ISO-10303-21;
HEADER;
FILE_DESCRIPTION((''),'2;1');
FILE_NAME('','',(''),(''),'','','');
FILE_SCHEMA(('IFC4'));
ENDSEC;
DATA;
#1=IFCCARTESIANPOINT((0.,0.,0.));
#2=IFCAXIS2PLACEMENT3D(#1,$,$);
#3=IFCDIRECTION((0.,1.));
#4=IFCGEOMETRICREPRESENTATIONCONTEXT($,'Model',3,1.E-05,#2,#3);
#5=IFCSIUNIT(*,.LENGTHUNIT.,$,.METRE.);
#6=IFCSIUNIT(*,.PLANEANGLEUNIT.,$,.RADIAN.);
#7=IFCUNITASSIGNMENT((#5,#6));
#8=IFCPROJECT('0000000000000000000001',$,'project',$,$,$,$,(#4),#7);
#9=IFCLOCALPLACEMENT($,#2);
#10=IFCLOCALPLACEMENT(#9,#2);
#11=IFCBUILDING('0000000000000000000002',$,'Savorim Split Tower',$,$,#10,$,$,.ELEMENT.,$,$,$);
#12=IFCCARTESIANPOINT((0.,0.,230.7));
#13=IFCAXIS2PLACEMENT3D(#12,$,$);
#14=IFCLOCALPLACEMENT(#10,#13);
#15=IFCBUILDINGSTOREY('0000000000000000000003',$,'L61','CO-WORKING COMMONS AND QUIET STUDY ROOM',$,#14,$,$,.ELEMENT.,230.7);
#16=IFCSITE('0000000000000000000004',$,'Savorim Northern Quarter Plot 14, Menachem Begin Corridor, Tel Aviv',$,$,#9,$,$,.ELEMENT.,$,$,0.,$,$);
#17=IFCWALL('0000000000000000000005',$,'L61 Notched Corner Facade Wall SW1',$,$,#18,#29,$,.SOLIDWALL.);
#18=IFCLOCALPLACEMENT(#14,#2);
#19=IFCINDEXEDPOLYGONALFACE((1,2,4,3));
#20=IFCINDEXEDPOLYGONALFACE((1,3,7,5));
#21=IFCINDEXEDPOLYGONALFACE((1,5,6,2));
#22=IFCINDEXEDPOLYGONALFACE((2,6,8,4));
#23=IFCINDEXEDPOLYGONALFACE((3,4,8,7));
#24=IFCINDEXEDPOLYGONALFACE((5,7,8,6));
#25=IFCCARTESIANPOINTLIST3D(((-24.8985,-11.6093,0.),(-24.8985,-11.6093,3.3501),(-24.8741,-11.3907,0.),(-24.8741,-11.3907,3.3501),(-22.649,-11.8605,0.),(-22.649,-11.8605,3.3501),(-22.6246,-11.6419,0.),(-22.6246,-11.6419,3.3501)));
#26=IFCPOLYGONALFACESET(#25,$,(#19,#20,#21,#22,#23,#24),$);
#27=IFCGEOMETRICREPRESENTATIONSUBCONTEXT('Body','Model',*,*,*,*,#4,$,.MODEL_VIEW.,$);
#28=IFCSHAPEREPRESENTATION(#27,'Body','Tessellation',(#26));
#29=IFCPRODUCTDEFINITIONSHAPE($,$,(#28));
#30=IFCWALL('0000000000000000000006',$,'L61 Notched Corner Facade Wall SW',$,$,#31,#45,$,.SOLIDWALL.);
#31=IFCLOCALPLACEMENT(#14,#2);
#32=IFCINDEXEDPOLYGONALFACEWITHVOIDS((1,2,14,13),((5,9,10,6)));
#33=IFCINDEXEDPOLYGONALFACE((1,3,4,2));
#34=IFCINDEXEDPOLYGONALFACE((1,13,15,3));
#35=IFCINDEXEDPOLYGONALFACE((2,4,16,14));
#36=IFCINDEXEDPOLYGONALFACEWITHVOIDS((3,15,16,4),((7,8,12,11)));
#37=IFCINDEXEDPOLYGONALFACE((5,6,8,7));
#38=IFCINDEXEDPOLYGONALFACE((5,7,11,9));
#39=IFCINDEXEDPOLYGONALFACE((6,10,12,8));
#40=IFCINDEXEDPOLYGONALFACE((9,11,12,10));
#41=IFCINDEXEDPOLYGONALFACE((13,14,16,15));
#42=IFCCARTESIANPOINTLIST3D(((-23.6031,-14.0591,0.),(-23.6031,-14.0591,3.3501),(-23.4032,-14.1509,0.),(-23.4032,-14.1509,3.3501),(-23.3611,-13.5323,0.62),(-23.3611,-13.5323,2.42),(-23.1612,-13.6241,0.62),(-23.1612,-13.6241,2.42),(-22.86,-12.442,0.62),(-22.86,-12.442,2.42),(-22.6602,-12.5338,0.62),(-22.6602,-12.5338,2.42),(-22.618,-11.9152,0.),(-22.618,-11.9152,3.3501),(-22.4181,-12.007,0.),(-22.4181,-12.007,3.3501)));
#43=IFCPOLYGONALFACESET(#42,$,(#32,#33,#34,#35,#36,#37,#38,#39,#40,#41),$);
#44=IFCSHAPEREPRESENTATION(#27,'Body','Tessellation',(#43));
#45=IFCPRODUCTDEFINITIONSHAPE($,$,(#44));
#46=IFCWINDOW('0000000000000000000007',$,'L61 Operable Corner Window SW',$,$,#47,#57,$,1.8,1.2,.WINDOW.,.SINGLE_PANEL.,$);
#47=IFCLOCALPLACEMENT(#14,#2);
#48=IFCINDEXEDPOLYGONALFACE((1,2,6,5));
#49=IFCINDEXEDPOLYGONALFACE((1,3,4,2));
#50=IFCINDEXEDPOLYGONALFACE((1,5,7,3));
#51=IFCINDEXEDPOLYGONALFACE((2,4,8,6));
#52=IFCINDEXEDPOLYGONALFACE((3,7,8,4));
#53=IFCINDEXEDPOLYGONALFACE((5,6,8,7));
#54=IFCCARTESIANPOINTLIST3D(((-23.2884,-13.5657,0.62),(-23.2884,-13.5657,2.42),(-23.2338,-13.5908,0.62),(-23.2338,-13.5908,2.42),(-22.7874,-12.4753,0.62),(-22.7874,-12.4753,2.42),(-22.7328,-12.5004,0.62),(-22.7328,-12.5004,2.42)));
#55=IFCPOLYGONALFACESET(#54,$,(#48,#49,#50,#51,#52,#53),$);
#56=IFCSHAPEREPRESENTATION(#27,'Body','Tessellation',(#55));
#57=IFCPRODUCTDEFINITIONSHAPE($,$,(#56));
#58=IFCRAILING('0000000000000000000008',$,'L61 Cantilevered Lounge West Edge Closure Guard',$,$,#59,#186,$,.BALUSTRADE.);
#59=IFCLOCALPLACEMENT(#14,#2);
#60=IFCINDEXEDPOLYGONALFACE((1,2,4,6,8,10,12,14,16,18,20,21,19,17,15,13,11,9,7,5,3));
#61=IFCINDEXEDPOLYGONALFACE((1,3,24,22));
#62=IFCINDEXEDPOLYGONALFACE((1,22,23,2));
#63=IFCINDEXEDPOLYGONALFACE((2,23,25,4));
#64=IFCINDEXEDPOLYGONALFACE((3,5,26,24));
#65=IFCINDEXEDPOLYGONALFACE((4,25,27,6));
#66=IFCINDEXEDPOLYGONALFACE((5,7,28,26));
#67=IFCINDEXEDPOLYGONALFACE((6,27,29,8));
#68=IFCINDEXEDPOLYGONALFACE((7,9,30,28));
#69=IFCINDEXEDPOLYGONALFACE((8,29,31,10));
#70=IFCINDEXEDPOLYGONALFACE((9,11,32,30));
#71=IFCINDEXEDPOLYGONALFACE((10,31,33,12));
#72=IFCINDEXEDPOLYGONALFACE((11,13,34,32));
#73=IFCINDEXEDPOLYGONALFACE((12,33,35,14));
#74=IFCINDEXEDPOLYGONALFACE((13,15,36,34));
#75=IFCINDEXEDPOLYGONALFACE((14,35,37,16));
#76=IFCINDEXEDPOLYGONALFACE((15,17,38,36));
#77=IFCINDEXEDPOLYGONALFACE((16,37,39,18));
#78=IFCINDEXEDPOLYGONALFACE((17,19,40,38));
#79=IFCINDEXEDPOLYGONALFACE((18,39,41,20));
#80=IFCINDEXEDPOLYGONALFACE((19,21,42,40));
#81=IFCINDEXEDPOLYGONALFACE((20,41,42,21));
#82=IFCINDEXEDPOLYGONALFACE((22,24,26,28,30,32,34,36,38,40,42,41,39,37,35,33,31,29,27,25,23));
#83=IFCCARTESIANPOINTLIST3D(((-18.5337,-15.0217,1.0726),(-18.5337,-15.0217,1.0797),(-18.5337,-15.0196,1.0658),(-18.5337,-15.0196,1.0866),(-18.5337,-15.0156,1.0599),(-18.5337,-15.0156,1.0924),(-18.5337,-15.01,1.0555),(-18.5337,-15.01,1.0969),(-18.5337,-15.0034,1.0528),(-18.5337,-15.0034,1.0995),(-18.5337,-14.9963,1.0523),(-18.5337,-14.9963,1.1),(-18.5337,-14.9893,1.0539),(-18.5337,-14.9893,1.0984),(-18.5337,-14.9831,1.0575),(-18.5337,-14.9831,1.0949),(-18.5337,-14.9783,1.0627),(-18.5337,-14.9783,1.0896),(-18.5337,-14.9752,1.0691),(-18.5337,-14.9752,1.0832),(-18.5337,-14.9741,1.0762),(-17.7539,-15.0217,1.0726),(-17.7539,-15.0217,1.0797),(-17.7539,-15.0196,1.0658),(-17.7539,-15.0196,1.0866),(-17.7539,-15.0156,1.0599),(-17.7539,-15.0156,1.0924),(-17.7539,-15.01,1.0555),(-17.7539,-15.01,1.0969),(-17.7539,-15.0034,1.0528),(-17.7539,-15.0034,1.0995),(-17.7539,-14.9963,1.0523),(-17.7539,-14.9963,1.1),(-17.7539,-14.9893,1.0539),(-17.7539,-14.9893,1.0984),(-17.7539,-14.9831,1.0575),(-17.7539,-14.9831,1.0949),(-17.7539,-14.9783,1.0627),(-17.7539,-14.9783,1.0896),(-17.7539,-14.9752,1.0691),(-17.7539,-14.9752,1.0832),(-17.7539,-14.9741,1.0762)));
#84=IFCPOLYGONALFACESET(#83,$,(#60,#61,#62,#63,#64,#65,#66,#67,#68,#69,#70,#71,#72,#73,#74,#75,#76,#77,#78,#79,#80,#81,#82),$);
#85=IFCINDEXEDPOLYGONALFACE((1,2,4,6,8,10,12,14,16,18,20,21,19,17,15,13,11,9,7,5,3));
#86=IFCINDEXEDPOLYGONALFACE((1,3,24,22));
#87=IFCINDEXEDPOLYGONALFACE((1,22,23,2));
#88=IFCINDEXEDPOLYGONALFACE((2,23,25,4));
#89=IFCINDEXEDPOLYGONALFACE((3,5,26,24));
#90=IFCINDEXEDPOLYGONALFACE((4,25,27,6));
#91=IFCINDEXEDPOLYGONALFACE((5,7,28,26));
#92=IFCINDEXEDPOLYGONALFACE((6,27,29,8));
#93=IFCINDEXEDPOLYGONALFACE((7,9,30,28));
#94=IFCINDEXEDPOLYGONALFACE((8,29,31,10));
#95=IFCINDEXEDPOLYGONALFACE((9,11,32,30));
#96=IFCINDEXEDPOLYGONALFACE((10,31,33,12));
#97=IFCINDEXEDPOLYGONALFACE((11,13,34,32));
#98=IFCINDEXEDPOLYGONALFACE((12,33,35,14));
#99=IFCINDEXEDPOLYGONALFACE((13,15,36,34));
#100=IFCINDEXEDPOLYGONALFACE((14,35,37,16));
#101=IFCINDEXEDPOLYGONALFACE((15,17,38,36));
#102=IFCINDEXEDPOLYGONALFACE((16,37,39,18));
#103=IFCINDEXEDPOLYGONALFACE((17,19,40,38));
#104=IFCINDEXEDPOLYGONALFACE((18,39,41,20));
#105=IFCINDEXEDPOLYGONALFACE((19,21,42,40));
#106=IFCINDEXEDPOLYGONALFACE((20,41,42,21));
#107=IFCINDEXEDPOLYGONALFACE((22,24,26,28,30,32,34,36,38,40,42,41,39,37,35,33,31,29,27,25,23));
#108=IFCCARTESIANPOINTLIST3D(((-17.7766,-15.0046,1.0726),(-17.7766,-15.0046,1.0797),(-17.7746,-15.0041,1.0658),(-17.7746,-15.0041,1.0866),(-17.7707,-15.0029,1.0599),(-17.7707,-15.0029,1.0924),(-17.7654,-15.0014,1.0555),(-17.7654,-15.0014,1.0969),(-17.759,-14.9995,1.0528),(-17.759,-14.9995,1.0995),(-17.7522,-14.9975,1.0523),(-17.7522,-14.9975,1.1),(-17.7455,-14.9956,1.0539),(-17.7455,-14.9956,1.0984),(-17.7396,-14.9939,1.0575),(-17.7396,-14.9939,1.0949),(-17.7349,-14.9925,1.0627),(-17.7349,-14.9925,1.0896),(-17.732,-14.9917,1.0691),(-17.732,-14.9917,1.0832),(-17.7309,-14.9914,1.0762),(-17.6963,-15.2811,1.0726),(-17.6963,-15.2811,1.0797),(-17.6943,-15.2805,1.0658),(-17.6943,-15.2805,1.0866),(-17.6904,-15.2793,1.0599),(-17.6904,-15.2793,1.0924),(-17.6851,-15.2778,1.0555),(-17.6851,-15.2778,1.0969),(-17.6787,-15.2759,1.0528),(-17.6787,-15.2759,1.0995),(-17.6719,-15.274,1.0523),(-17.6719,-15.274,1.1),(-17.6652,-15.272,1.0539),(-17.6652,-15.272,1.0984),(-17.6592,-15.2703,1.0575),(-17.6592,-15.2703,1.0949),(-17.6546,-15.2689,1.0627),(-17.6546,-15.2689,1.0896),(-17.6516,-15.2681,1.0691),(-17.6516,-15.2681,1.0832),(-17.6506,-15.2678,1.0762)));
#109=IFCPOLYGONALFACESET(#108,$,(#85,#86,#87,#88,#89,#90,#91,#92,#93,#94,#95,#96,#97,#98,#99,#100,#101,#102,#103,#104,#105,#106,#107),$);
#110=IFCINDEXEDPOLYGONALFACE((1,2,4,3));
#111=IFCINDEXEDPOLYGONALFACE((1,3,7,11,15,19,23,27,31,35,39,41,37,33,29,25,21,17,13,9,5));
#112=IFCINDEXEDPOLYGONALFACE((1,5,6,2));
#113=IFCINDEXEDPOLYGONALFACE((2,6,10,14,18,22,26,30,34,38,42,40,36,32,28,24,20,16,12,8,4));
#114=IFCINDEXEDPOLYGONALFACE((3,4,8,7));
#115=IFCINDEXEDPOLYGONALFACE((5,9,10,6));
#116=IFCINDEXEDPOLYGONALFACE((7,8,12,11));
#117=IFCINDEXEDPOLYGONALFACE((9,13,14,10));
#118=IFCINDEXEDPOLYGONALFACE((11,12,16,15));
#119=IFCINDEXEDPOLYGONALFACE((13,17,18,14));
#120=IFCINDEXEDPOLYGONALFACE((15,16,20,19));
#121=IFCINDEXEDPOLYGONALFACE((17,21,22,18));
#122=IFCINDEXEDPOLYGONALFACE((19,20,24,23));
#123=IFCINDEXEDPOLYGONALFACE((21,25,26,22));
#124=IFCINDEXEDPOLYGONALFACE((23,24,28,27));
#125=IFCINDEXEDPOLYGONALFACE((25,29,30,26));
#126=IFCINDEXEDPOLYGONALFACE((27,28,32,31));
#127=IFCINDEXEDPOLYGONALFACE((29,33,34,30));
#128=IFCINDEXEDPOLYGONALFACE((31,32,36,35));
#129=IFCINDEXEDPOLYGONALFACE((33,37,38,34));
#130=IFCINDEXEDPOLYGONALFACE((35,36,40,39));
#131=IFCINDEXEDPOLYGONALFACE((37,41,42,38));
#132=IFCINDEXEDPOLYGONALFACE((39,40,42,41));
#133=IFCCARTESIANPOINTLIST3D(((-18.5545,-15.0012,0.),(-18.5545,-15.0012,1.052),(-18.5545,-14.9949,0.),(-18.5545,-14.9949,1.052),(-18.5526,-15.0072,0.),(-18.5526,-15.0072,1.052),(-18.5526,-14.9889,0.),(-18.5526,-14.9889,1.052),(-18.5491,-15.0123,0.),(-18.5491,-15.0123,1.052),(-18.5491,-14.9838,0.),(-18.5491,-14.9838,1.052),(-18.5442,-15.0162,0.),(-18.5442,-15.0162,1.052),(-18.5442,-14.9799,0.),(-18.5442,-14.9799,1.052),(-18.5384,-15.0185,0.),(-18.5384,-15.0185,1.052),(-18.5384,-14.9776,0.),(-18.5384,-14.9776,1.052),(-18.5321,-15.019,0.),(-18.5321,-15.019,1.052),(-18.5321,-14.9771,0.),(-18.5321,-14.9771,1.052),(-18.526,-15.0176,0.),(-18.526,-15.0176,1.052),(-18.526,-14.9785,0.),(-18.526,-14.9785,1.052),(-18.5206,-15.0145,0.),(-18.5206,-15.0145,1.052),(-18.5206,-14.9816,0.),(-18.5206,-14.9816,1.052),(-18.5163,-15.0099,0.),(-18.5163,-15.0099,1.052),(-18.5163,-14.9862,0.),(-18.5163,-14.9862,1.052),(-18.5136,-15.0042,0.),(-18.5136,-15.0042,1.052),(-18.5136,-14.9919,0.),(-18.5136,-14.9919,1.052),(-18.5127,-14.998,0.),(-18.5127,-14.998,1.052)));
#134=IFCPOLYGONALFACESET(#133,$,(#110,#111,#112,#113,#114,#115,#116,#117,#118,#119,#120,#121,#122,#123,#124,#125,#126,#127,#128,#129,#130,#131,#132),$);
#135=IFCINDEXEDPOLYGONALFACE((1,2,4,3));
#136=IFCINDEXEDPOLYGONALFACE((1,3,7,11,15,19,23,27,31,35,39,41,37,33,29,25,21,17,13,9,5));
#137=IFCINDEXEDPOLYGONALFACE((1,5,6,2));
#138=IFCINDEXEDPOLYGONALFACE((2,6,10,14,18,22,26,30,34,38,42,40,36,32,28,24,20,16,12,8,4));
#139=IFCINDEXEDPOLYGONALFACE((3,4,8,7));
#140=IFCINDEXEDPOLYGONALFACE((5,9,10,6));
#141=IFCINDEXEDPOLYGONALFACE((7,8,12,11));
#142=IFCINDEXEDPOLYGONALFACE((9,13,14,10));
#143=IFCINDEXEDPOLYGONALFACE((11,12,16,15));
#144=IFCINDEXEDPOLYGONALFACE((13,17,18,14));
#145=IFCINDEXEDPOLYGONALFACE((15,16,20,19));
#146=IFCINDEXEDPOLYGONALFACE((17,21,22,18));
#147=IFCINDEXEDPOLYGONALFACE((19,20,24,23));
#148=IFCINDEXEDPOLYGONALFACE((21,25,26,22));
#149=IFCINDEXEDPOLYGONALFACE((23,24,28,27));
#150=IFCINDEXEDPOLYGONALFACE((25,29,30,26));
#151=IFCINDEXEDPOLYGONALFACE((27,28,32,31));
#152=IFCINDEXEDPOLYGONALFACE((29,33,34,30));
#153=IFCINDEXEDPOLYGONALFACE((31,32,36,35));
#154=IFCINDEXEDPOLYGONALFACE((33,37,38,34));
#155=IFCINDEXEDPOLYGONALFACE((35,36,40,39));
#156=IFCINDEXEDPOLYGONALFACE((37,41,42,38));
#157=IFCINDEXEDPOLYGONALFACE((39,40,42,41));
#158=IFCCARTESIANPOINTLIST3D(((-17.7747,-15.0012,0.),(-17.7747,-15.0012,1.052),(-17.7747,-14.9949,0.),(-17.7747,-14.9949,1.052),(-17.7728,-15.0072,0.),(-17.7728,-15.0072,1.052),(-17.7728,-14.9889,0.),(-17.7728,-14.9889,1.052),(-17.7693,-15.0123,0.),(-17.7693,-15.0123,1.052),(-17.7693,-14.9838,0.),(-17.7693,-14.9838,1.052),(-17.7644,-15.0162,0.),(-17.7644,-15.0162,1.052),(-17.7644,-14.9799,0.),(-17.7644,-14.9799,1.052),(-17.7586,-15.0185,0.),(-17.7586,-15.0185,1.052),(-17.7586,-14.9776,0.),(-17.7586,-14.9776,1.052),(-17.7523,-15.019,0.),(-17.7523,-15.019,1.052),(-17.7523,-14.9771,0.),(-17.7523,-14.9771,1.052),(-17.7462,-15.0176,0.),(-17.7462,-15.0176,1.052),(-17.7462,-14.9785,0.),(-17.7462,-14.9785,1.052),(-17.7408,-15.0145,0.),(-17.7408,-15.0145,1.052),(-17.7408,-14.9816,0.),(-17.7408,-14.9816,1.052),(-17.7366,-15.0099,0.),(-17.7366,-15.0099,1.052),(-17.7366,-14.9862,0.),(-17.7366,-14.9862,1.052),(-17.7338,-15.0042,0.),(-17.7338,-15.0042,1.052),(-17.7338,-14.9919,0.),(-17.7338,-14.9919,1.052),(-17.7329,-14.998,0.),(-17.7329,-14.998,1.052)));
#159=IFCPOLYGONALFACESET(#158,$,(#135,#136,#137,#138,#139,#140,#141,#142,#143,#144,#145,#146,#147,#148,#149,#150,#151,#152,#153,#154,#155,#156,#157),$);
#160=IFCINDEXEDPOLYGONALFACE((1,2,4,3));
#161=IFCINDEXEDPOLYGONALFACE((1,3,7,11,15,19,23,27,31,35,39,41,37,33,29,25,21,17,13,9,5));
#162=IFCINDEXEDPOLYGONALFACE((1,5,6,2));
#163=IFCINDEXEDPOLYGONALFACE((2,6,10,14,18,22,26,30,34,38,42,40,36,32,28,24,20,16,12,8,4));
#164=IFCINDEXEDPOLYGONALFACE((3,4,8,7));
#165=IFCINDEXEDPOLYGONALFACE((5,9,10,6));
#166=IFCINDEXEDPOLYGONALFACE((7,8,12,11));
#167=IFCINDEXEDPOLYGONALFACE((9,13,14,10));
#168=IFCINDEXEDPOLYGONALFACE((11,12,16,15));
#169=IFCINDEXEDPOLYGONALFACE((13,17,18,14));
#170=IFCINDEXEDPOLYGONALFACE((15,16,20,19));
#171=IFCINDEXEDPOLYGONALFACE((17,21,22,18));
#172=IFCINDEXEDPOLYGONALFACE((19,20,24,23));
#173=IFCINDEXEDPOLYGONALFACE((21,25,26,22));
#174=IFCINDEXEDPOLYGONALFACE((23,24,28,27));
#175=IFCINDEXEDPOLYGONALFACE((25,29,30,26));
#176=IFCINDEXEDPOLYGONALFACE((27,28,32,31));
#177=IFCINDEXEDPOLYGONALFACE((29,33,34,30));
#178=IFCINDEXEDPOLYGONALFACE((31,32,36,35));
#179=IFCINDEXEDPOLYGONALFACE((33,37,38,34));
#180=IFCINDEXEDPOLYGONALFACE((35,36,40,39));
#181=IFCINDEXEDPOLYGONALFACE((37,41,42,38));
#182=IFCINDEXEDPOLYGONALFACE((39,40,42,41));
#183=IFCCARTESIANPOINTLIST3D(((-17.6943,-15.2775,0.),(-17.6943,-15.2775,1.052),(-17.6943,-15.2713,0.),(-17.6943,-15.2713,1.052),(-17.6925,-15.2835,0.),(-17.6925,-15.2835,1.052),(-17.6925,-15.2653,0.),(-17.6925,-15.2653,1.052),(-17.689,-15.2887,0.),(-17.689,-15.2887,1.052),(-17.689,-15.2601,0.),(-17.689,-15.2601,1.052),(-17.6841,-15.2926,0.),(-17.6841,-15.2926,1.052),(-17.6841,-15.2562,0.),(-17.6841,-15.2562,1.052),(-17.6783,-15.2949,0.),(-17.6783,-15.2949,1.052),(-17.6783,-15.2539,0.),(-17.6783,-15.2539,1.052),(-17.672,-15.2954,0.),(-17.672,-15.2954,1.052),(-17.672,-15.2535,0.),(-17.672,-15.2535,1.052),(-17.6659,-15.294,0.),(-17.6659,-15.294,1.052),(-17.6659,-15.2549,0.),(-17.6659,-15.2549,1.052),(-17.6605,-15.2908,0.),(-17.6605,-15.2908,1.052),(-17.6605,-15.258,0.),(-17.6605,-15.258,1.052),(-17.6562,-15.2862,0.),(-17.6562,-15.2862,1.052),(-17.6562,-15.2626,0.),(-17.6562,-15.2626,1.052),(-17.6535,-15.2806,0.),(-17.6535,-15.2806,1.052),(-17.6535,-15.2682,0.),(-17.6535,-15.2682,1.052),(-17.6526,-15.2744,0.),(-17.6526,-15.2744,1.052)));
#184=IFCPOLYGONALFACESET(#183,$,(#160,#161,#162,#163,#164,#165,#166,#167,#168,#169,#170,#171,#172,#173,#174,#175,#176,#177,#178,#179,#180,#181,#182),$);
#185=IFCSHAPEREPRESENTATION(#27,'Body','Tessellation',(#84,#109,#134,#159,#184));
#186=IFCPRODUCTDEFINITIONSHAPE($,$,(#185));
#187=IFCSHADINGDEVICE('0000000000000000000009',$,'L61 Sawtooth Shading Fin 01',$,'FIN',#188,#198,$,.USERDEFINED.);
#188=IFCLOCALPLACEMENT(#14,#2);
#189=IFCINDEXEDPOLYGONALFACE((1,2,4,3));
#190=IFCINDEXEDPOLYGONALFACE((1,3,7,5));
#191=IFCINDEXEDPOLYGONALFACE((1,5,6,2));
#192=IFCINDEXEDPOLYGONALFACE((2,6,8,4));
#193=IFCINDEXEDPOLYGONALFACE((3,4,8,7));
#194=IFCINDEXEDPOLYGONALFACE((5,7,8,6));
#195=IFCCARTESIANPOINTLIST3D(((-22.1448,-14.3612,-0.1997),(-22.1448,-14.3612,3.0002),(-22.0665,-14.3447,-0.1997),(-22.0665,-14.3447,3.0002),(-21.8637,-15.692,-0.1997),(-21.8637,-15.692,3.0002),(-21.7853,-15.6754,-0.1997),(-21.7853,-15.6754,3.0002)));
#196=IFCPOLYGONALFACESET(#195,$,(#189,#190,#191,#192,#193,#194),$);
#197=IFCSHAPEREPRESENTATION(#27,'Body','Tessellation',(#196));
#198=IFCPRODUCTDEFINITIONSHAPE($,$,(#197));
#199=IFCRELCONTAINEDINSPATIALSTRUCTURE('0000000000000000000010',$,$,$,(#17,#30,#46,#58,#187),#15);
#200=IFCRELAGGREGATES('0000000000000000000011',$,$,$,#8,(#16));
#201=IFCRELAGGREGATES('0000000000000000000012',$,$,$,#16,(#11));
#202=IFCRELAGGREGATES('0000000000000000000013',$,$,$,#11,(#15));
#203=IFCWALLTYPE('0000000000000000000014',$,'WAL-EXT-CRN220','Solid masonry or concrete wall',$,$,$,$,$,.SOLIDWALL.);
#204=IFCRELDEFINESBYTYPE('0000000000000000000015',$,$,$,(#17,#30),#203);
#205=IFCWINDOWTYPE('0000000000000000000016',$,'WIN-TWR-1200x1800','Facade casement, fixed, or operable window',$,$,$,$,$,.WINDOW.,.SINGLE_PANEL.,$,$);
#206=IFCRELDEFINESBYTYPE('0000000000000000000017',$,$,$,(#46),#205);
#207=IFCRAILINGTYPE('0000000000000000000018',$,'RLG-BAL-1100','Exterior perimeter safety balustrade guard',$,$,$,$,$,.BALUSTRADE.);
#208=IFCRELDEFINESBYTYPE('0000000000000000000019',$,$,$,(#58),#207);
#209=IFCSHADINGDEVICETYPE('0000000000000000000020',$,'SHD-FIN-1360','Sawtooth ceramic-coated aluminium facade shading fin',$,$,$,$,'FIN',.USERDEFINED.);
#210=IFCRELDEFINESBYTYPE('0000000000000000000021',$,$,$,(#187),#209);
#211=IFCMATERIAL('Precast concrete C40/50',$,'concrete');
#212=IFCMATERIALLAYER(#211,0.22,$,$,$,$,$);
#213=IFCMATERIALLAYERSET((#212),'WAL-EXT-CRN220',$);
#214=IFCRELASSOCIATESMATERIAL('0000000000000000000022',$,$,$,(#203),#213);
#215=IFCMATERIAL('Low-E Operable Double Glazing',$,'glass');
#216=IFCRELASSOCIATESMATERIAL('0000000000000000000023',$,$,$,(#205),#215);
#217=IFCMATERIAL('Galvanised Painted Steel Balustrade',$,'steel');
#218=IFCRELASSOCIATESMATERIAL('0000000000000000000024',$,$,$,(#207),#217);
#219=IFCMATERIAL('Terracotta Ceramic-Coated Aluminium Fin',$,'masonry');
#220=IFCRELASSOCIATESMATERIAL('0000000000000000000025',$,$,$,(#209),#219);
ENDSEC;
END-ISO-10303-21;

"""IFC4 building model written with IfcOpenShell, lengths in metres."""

from ifc_helpers import new_model, si_unit, direction, frame, frame_2d, origin, origin_2d, place, context, subcontext, project, spatial, rectangle, circle, extrude, material, layer, layer_set, type_object, element, fill, save


model = new_model("IFC4")

# Units and contexts
model_context = context("Model", 3, precision=1e-05, world=origin(), true_north=direction((0.0, 1.0)))
body_context = subcontext(model_context, "Body", "Model", "MODEL_VIEW")
ifc_project = project(units=[si_unit("LENGTHUNIT", "METRE"), si_unit("PLANEANGLEUNIT", "RADIAN")], contexts=[model_context])

# Site, building, storey
site_placement = place(None, origin())
site = spatial("IfcSite", under=ifc_project, at=site_placement, Name="Savorim Northern Quarter Plot 14, Menachem Begin Corridor, Tel Aviv", CompositionType="ELEMENT", RefElevation=0.0)
building_placement = place(site_placement, origin())
building = spatial("IfcBuilding", under=site, at=building_placement, Name="Savorim Split Tower", CompositionType="ELEMENT")
storey_placement = place(building_placement, frame((0.0, 0.0, 230.7)))
storey = spatial("IfcBuildingStorey", under=building, at=storey_placement, Name="L61", Description="CO-WORKING COMMONS AND QUIET STUDY ROOM", CompositionType="ELEMENT", Elevation=230.7)

# Shared definitions
ifc_material_1 = material(Name="Low-E Operable Double Glazing", Category="glass")

# Wall
ifc_material_2 = material(Name="Precast concrete C40/50", Category="concrete")
ifc_layer_1 = layer(ifc_material_2, 0.22)
ifc_layer_set_1 = layer_set([ifc_layer_1], Name="WAL-EXT-CRN220")
wall_type = type_object("IfcWallType", Name="WAL-EXT-CRN220", Description="Solid masonry or concrete wall", PredefinedType="SOLIDWALL", material=ifc_layer_set_1)
wall_1_placement = place(storey_placement, frame((-22.6367, -11.7512, 0.0), z_axis=(0.0, 0.0, 1.0), x_axis=(-0.993822, 0.110988, 0.0)))
element("IfcWall", 1, at=wall_1_placement, inside=storey, type_object=wall_type, Name="L61 Notched Corner Facade Wall SW1", PredefinedType="SOLIDWALL", context=body_context, shape_type="SweptSolid", body=[
    extrude(rectangle(XDim=2.2634, YDim=0.22, at=frame_2d((1.1318, 0.0))), origin(), (0.0, 0.0, 1.0), 3.3501),
])

# Wall, opening, window
wall_2_placement = place(storey_placement, frame((-23.5032, -14.105, 0.0), z_axis=(0.0, 0.0, 1.0), x_axis=(0.417542, 0.908658, 0.0)))
wall_2 = element("IfcWall", 2, at=wall_2_placement, inside=storey, type_object=wall_type, Name="L61 Notched Corner Facade Wall SW", PredefinedType="SOLIDWALL", context=body_context, shape_type="SweptSolid", body=[
    extrude(rectangle(XDim=2.3594, YDim=0.22, at=frame_2d((1.1797, 0.0))), origin(), (0.0, 0.0, 1.0), 3.3501),
])
opening_placement = place(wall_2_placement, frame((0.5796, 0.0, 0.6201)))
opening = element("IfcOpeningElement", 3, at=opening_placement, cuts=wall_2, PredefinedType="OPENING", context=body_context, shape_type="SweptSolid", body=[
    extrude(rectangle(XDim=1.2, YDim=1.8, at=frame_2d((0.6001, 0.8999))), frame((0.0, 0.1199, 0.0), z_axis=(0.0, -1.0, 0.0), x_axis=(1.0, 0.0, 0.0)), (0.0, 0.0, 1.0), 0.24),
])
window_type = type_object("IfcWindowType", Name="WIN-TWR-1200x1800", Description="Facade casement, fixed, or operable window", PartitioningType="SINGLE_PANEL", PredefinedType="WINDOW", material=ifc_material_1)
window_placement = place(opening_placement, origin())
window = element("IfcWindow", 4, at=window_placement, inside=storey, type_object=window_type, Name="L61 Operable Corner Window SW", OverallHeight=1.8, OverallWidth=1.2, PartitioningType="SINGLE_PANEL", PredefinedType="WINDOW", context=body_context, shape_type="SweptSolid", body=[
    extrude(rectangle(XDim=1.2, YDim=1.8, at=frame_2d((0.6001, 0.8999))), frame((0.0, 0.03, 0.0), z_axis=(0.0, -1.0, 0.0), x_axis=(1.0, 0.0, 0.0)), (0.0, 0.0, 1.0), 0.0601),
])
fill(opening, window)

# Railing
ifc_material_3 = material(Name="Galvanised Painted Steel Balustrade", Category="steel")
railing_type = type_object("IfcRailingType", Name="RLG-BAL-1100", Description="Exterior perimeter safety balustrade guard", PredefinedType="BALUSTRADE", material=ifc_material_3)
railing_placement = place(storey_placement, frame((-18.5337, -14.998, 0.0)))
element("IfcRailing", 5, at=railing_placement, inside=storey, type_object=railing_type, Name="L61 Cantilevered Lounge West Edge Closure Guard", PredefinedType="BALUSTRADE", context=body_context, shape_type="SweptSolid", body=[
    extrude(circle(Radius=0.0239, at=origin_2d()), frame((0.0, 0.0, 1.0762), z_axis=(1.0, 0.0, 0.0), x_axis=(0.0, 1.0, 0.0)), (0.0, 0.0, 1.0), 0.7798),
    extrude(circle(Radius=0.0239, at=origin_2d()), frame((0.7798, 0.0, 1.0762), z_axis=(0.279088, -0.960266, 0.0), x_axis=(0.960266, 0.279088, 0.0)), (0.0, 0.0, 1.0), 0.2878),
    extrude(circle(Radius=0.021, at=origin_2d()), origin(), (0.0, 0.0, 1.0), 1.052),
    extrude(circle(Radius=0.021, at=origin_2d()), frame((0.7798, 0.0, 0.0)), (0.0, 0.0, 1.0), 1.052),
    extrude(circle(Radius=0.021, at=origin_2d()), frame((0.8601, -0.2764, 0.0)), (0.0, 0.0, 1.0), 1.052),
])

# Shading device
ifc_material_4 = material(Name="Terracotta Ceramic-Coated Aluminium Fin", Category="masonry")
shading_device_type = type_object("IfcShadingDeviceType", Name="SHD-FIN-1360", Description="Sawtooth ceramic-coated aluminium facade shading fin", ElementType="FIN", PredefinedType="USERDEFINED", material=ifc_material_4)
shading_device_placement = place(storey_placement, frame((-21.9651, -15.0183, -0.1997), z_axis=(0.0, 0.0, 1.0), x_axis=(0.206722, -0.9784, 0.0)))
element("IfcShadingDevice", 6, at=shading_device_placement, inside=storey, type_object=shading_device_type, Name="L61 Sawtooth Shading Fin 01", ObjectType="FIN", PredefinedType="USERDEFINED", context=body_context, shape_type="SweptSolid", body=[
    extrude(rectangle(XDim=1.3601, YDim=0.0801, at=origin_2d()), origin(), (0.0, 0.0, 1.0), 3.2),
])

save(model, "model.ifc")
